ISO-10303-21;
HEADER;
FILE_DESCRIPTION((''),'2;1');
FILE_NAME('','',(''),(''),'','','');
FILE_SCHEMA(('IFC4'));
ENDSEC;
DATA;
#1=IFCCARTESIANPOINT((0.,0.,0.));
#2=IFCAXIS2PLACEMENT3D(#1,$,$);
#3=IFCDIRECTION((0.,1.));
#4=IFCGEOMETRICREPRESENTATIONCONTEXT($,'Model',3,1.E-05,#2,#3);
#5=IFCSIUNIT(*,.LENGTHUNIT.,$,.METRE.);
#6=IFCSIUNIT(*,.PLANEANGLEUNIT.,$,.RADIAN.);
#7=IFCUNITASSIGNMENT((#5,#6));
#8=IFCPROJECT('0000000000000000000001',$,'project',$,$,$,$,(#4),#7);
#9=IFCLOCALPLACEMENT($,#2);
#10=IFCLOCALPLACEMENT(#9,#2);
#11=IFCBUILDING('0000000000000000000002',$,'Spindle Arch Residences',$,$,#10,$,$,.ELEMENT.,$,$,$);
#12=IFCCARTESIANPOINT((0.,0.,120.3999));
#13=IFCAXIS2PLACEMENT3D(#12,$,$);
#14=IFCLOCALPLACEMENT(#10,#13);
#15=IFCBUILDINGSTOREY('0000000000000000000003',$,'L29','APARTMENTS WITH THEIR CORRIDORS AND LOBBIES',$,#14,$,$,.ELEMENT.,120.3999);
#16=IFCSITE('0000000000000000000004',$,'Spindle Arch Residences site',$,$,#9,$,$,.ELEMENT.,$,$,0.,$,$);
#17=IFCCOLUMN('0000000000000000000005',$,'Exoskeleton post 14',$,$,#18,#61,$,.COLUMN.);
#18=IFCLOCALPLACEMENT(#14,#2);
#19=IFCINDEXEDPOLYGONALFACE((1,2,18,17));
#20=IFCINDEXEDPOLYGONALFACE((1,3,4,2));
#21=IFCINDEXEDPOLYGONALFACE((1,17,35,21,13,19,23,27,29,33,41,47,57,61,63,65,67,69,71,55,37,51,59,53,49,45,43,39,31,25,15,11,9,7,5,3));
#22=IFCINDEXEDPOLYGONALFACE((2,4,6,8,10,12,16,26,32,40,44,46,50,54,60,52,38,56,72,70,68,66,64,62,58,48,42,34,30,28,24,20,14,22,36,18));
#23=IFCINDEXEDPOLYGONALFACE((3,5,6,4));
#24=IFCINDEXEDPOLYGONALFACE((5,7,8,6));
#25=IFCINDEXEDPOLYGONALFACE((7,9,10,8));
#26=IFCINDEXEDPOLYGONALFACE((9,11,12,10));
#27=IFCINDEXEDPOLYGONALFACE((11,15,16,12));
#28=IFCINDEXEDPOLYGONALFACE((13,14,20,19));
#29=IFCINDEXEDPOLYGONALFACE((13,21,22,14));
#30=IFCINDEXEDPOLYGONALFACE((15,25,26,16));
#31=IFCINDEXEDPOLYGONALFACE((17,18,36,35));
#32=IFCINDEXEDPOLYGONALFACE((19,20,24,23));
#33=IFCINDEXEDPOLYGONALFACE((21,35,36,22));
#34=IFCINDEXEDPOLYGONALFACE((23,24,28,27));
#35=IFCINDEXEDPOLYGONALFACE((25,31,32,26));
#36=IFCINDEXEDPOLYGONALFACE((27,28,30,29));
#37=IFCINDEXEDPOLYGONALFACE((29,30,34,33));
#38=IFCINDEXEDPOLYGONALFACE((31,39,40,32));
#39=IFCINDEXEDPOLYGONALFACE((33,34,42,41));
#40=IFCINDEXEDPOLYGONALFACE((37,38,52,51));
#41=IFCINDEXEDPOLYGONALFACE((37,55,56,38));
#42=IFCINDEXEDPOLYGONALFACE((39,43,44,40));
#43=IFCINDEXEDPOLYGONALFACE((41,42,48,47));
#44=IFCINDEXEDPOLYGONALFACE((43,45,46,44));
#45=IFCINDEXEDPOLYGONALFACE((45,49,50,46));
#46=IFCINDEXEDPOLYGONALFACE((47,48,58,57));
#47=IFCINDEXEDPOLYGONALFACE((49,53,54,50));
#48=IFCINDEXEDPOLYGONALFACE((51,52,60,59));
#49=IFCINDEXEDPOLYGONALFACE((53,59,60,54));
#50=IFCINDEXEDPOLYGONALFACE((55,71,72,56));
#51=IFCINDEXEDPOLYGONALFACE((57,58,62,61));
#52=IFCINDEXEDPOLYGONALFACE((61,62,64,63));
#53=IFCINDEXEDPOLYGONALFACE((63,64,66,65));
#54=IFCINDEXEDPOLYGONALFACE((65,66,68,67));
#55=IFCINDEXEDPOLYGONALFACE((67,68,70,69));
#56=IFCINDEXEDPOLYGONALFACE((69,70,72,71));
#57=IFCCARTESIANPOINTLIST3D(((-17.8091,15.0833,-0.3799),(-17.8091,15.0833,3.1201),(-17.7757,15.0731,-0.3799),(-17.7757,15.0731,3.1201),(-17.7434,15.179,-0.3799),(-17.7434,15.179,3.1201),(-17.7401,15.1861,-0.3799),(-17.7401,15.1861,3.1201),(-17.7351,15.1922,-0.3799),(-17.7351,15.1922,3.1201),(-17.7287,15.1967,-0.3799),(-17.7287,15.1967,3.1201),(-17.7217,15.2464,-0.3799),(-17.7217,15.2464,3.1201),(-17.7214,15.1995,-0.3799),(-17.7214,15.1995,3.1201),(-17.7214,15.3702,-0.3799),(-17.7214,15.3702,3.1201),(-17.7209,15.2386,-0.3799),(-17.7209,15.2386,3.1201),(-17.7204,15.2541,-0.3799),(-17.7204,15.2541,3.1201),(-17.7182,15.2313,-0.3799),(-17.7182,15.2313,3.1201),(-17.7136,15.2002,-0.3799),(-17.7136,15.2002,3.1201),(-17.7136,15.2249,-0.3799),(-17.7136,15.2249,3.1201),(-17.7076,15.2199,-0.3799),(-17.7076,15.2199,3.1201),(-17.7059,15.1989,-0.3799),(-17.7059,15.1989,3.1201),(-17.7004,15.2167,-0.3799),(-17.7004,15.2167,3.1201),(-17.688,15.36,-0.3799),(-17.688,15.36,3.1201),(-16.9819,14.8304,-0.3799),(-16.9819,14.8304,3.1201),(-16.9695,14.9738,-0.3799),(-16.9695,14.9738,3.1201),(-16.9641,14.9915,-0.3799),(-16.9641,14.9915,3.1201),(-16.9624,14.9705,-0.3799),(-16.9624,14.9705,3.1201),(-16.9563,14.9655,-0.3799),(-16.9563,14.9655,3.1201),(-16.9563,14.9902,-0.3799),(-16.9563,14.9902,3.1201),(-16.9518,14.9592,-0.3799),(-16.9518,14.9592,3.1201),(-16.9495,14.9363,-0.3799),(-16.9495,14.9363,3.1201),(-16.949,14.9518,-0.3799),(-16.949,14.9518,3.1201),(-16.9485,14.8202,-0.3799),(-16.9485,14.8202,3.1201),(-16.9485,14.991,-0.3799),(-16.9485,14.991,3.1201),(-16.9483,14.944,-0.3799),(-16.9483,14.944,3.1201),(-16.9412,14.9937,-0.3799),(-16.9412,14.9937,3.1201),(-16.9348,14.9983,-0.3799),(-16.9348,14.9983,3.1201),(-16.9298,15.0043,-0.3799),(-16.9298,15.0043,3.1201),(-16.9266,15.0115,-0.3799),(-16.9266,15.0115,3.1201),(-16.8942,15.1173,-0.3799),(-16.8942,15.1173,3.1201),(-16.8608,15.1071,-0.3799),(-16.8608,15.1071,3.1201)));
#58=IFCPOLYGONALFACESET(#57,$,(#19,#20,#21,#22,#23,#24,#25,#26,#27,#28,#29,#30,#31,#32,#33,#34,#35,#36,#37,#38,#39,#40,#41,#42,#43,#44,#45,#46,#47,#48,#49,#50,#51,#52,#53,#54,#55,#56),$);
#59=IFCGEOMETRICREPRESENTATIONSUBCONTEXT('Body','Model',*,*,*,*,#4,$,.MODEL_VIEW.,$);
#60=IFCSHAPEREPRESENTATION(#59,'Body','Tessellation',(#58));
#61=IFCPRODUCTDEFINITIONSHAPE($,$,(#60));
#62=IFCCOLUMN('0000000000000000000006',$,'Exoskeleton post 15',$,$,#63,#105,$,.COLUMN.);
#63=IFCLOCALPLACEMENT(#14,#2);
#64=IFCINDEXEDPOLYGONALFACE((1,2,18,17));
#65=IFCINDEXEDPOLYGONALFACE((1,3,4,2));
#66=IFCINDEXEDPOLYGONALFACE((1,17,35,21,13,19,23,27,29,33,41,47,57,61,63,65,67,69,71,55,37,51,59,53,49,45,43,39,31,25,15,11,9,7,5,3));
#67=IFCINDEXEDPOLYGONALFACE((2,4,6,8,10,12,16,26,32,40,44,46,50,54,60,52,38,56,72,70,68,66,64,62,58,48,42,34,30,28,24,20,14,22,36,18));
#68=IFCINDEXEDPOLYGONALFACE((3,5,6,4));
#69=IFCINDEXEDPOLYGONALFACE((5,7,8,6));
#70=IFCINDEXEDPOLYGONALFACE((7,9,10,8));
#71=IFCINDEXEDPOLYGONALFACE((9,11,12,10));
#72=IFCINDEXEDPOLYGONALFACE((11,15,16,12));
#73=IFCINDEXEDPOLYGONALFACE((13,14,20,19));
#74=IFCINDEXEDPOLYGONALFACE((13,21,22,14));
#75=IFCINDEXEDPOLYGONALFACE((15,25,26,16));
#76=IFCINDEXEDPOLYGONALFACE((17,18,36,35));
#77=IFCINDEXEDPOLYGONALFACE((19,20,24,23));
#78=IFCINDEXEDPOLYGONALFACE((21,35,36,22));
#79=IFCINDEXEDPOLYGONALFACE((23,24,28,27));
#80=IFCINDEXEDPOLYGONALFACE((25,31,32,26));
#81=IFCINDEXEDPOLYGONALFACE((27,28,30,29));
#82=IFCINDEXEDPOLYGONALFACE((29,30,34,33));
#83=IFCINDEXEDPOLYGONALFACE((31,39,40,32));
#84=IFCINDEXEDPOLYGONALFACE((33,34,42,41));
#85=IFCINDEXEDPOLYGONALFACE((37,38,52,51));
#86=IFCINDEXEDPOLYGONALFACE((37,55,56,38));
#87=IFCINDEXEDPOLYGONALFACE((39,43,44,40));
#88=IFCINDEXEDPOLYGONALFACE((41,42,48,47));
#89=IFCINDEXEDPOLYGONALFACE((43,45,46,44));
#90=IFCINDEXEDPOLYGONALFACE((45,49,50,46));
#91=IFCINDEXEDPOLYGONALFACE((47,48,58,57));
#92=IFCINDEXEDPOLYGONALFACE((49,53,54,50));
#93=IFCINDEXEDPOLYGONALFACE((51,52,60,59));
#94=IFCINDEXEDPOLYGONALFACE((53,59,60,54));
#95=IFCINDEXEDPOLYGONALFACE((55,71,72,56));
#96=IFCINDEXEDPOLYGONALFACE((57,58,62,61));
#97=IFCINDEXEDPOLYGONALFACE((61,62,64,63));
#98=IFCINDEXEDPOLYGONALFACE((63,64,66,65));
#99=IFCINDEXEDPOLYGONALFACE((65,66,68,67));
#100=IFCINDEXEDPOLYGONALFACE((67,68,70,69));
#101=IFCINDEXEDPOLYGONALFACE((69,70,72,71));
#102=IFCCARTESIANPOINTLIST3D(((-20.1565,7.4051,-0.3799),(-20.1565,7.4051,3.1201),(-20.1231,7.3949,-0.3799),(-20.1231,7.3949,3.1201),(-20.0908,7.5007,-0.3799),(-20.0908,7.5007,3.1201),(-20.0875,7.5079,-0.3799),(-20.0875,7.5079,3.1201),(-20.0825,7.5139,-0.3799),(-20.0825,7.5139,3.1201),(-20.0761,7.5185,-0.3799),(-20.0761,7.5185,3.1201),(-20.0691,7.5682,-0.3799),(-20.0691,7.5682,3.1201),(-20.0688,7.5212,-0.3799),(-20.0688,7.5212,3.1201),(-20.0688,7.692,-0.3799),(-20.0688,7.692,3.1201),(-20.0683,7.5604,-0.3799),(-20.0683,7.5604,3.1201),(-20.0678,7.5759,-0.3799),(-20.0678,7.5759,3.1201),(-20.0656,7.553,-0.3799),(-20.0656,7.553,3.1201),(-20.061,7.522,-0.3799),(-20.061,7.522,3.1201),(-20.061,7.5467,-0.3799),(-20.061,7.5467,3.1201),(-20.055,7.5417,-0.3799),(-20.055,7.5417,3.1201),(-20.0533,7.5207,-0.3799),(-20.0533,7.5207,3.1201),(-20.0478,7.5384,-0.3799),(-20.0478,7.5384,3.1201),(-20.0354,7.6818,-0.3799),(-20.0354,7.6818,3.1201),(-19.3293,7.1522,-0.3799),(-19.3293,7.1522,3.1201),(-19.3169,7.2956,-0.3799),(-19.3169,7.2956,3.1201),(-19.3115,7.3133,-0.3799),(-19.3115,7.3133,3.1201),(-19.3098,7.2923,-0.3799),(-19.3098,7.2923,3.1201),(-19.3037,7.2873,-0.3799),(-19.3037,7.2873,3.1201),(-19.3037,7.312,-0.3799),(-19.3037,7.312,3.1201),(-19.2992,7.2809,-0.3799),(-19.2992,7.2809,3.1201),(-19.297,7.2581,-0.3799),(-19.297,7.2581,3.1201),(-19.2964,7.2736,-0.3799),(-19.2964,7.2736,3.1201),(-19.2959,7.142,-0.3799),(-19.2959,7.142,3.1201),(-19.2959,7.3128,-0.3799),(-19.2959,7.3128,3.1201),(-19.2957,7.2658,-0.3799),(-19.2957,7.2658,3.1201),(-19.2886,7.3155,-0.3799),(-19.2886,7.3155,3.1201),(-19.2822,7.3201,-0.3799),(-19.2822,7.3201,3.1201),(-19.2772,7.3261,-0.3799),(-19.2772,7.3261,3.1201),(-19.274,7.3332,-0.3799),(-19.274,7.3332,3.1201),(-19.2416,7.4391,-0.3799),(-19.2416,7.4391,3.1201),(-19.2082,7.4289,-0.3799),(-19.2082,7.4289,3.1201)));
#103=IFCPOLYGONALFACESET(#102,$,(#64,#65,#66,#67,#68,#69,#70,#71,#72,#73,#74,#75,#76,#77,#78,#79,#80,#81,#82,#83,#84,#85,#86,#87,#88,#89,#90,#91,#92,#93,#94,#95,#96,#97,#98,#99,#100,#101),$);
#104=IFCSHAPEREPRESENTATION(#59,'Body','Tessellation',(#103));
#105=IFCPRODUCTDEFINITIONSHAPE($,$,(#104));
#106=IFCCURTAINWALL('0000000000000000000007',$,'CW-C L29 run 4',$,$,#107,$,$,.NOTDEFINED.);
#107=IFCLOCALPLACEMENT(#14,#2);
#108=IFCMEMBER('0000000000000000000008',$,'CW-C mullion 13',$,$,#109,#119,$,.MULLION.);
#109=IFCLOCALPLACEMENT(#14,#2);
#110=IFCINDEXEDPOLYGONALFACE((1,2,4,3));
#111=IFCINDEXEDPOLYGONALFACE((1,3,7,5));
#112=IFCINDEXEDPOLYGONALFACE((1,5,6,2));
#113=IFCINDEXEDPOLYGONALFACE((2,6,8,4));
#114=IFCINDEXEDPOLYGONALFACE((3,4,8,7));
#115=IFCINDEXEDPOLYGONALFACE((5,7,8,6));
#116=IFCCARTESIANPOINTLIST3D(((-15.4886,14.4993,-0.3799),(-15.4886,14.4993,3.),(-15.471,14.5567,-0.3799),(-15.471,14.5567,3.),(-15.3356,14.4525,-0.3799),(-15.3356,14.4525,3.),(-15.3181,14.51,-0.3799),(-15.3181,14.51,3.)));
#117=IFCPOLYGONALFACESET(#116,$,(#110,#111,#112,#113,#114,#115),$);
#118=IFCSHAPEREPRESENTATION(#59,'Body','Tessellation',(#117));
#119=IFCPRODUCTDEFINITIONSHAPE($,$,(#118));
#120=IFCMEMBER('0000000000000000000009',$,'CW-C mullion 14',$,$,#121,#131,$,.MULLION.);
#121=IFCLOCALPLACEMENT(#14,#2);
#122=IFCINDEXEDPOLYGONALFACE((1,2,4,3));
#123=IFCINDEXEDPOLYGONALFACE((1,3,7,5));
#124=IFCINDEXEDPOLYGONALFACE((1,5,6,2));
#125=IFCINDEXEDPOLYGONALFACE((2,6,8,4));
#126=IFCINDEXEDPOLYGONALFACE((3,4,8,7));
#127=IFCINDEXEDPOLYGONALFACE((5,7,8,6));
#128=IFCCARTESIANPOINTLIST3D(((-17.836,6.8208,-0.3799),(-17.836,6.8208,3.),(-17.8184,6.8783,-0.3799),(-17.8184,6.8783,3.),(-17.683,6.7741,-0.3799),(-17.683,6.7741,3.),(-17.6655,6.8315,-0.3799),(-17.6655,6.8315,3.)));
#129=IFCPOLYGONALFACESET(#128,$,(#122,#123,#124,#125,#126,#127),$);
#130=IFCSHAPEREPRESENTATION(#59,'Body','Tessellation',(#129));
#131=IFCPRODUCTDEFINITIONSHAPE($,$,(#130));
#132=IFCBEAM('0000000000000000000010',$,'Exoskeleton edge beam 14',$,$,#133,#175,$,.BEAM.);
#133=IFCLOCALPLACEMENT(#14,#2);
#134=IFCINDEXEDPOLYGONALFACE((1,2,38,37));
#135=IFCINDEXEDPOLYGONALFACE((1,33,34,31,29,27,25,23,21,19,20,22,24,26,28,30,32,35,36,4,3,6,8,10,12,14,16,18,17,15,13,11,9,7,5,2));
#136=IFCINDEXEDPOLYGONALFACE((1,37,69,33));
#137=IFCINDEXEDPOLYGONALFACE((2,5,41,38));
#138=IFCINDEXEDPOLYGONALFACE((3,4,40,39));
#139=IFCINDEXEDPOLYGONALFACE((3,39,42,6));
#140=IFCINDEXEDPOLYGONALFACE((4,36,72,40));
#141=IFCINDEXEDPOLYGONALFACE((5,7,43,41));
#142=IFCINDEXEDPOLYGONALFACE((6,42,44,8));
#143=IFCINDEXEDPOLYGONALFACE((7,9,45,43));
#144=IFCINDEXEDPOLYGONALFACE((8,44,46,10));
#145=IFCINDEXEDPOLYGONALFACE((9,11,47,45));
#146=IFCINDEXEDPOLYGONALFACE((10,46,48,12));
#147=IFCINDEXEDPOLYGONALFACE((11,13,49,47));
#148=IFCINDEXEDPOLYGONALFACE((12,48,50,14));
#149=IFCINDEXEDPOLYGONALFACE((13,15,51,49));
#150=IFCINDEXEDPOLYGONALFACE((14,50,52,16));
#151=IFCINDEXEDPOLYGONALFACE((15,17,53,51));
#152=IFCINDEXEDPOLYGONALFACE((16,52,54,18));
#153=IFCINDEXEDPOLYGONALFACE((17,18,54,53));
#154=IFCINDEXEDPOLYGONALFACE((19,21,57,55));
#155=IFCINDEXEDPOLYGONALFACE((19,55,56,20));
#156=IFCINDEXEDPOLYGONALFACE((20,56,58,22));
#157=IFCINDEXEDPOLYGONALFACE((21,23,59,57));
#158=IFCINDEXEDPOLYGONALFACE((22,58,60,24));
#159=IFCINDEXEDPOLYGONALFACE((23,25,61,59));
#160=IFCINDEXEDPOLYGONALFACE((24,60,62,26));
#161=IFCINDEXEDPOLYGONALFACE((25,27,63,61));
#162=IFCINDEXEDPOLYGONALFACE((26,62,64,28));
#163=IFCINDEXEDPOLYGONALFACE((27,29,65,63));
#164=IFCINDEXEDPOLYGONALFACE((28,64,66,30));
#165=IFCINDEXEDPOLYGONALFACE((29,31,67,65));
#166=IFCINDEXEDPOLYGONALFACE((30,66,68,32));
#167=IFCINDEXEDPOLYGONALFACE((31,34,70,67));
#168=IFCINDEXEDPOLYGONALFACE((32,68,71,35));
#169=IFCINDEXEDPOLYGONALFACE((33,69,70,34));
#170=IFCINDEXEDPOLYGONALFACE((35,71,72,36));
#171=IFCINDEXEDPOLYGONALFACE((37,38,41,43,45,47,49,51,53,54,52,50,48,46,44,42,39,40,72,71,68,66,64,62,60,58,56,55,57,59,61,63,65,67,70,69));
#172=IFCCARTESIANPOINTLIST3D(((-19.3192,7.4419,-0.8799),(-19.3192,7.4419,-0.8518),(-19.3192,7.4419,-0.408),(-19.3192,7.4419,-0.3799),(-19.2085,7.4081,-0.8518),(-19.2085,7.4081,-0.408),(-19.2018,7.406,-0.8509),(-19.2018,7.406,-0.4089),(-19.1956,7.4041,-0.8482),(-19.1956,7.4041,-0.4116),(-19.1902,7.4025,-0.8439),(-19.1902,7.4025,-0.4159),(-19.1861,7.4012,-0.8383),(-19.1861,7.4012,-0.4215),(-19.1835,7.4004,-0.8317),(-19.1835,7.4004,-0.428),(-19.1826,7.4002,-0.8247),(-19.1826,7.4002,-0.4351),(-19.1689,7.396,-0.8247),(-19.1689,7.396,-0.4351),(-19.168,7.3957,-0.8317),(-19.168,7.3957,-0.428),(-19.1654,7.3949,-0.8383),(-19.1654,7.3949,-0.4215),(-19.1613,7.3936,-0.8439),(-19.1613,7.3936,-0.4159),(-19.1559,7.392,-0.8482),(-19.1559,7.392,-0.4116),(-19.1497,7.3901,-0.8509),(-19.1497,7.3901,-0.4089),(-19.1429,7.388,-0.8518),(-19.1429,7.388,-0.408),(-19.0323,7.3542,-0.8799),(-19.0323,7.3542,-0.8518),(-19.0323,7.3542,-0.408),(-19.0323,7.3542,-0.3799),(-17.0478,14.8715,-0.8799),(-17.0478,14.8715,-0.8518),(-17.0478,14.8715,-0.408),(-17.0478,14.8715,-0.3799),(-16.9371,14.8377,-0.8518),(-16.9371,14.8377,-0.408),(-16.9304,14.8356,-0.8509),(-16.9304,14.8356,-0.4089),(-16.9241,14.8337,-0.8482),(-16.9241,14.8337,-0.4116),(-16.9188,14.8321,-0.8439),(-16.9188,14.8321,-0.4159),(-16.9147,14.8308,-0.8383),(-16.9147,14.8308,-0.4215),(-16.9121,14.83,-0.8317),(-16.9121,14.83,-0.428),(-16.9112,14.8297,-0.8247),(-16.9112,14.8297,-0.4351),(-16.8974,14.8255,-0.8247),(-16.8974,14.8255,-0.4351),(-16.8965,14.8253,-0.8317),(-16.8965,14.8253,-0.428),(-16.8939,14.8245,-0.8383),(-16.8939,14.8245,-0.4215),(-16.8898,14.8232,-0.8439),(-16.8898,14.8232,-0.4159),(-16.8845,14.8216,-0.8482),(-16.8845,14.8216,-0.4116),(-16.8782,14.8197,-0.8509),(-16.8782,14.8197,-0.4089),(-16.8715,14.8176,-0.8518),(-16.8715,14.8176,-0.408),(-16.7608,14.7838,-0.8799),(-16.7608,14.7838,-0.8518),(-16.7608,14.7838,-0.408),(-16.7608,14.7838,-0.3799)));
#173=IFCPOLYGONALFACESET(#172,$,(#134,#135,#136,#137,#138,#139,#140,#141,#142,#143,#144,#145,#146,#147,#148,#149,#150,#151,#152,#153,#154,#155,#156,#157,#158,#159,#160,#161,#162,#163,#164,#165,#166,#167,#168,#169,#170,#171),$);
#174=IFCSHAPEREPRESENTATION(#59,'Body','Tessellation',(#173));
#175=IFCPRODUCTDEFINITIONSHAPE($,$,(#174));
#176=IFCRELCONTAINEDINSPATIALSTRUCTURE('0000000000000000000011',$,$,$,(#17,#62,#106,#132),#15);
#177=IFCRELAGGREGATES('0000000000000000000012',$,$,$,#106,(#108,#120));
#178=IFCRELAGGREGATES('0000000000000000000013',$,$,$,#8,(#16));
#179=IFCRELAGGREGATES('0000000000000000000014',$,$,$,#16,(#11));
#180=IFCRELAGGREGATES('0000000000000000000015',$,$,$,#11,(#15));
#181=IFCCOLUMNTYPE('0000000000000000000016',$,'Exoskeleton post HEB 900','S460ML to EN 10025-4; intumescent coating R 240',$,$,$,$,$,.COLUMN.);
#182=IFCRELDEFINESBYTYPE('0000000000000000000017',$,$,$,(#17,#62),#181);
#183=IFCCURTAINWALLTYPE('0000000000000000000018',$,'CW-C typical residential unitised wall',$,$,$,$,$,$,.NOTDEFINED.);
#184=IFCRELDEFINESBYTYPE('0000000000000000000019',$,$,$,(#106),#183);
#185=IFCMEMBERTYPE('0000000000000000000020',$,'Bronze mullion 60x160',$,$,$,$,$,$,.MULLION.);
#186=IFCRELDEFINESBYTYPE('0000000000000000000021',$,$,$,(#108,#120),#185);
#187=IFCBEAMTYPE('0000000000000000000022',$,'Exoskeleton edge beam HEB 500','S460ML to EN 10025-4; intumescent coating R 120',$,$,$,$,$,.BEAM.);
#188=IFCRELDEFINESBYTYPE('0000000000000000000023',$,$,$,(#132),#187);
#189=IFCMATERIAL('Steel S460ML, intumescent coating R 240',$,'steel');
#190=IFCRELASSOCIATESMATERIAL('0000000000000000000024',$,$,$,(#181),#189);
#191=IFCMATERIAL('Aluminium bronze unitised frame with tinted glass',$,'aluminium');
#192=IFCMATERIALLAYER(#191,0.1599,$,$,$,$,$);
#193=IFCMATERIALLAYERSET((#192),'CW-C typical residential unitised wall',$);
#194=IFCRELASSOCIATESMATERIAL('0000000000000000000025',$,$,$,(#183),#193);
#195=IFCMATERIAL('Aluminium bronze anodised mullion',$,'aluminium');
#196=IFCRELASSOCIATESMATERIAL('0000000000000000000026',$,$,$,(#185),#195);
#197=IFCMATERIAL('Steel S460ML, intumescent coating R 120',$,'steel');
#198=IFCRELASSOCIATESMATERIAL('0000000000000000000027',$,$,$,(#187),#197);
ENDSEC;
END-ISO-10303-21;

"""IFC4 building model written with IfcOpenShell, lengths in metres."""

from ifc_helpers import new_model, si_unit, direction, frame, origin, origin_2d, place, context, subcontext, project, spatial, rectangle, i_section, extrude, material, layer, layer_set, material_profile, profile_set, type_object, element, aggregate, save


model = new_model("IFC4")

# Units and contexts
model_context = context("Model", 3, precision=1e-05, world=origin(), true_north=direction((0.0, 1.0)))
body_context = subcontext(model_context, "Body", "Model", "MODEL_VIEW")
ifc_project = project(units=[si_unit("LENGTHUNIT", "METRE"), si_unit("PLANEANGLEUNIT", "RADIAN")], contexts=[model_context])

# Site, building, storey
site_placement = place(None, origin())
site = spatial("IfcSite", under=ifc_project, at=site_placement, Name="Spindle Arch Residences site", CompositionType="ELEMENT", RefElevation=0.0)
building_placement = place(site_placement, origin())
building = spatial("IfcBuilding", under=site, at=building_placement, Name="Spindle Arch Residences", CompositionType="ELEMENT")
storey_placement = place(building_placement, frame((0.0, 0.0, 120.3999)))
storey = spatial("IfcBuildingStorey", under=building, at=storey_placement, Name="L29", Description="APARTMENTS WITH THEIR CORRIDORS AND LOBBIES", CompositionType="ELEMENT", Elevation=120.3999)

# Columns
ifc_material_1 = material(Name="Steel S460ML, intumescent coating R 240", Category="steel")
ifc_material_profile_1 = material_profile(ifc_material_1, i_section(OverallWidth=0.3, OverallDepth=0.8999, WebThickness=0.0186, FlangeThickness=0.0349, FilletRadius=0.03, at=origin_2d()), Name="HEB 900")
ifc_profile_set_1 = profile_set([ifc_material_profile_1], Name="Steel S460ML, intumescent coating R 240")
column_type = type_object("IfcColumnType", Name="Exoskeleton post HEB 900", Description="S460ML to EN 10025-4; intumescent coating R 240", PredefinedType="COLUMN", material=ifc_profile_set_1)
for number, where, z_axis, x_axis, name in (
    (1, (-17.335, 15.0952, -0.3799), (0.0, 0.0, 1.0), (0.292372, 0.956305, 0.0), "Exoskeleton post 14"),
    (2, (-19.6824, 7.417, -0.3799), (0.0, 0.0, 1.0), (0.292372, 0.956305, 0.0), "Exoskeleton post 15"),
):
    element("IfcColumn", number, at=place(storey_placement, frame(where, z_axis=z_axis, x_axis=x_axis)), inside=storey, type_object=column_type, Name=name, PredefinedType="COLUMN", context=body_context, shape_type="SweptSolid", body=[
        extrude(i_section(OverallWidth=0.3, OverallDepth=0.8999, WebThickness=0.0186, FlangeThickness=0.0349, FilletRadius=0.03, at=origin_2d()), origin(), (0.0, 0.0, 1.0), 3.5),
    ])

# Curtain wall, members
ifc_material_2 = material(Name="Aluminium bronze unitised frame with tinted glass", Category="aluminium")
ifc_layer_1 = layer(ifc_material_2, 0.1599)
ifc_layer_set_1 = layer_set([ifc_layer_1], Name="CW-C typical residential unitised wall")
curtain_wall_type = type_object("IfcCurtainWallType", Name="CW-C typical residential unitised wall", PredefinedType="NOTDEFINED", material=ifc_layer_set_1)
curtain_wall_placement = place(storey_placement, origin())
curtain_wall = element("IfcCurtainWall", 3, at=curtain_wall_placement, inside=storey, type_object=curtain_wall_type, Name="CW-C L29 run 4", PredefinedType="NOTDEFINED")
ifc_material_3 = material(Name="Aluminium bronze anodised mullion", Category="aluminium")
ifc_material_profile_2 = material_profile(ifc_material_3, rectangle(XDim=0.1599, YDim=0.0601, at=origin_2d()), Name="MU 60x160")
ifc_profile_set_2 = profile_set([ifc_material_profile_2], Name="Aluminium bronze anodised mullion")
member_type = type_object("IfcMemberType", Name="Bronze mullion 60x160", PredefinedType="MULLION", material=ifc_profile_set_2)
member_1_placement = place(storey_placement, frame((-15.4033, 14.5046, -0.3799), z_axis=(0.0, 0.0, 1.0), x_axis=(0.956305, -0.292372, 0.0)))
member_1 = element("IfcMember", 4, at=member_1_placement, type_object=member_type, Name="CW-C mullion 13", PredefinedType="MULLION", context=body_context, shape_type="SweptSolid", body=[
    extrude(rectangle(XDim=0.1599, YDim=0.0601, at=origin_2d()), origin(), (0.0, 0.0, 1.0), 3.3799),
])
member_2_placement = place(storey_placement, frame((-17.7507, 6.8262, -0.3799), z_axis=(0.0, 0.0, 1.0), x_axis=(0.956305, -0.292372, 0.0)))
member_2 = element("IfcMember", 5, at=member_2_placement, type_object=member_type, Name="CW-C mullion 14", PredefinedType="MULLION", context=body_context, shape_type="SweptSolid", body=[
    extrude(rectangle(XDim=0.1599, YDim=0.0601, at=origin_2d()), origin(), (0.0, 0.0, 1.0), 3.3799),
])

# Beam
ifc_material_4 = material(Name="Steel S460ML, intumescent coating R 120", Category="steel")
ifc_material_profile_3 = material_profile(ifc_material_4, i_section(OverallWidth=0.3, OverallDepth=0.5, WebThickness=0.0144, FlangeThickness=0.0281, FilletRadius=0.0271, at=origin_2d()), Name="HEB 500")
ifc_profile_set_3 = profile_set([ifc_material_profile_3], Name="Steel S460ML, intumescent coating R 120")
beam_type_1 = type_object("IfcBeamType", Name="Exoskeleton edge beam HEB 500", Description="S460ML to EN 10025-4; intumescent coating R 120", PredefinedType="BEAM", material=ifc_profile_set_3)
beam_1_placement = place(storey_placement, frame((-16.9043, 14.8276, -0.6299), z_axis=(-0.292372, -0.956305, 0.0), x_axis=(0.956305, -0.292372, 0.0)))
element("IfcBeam", 6, at=beam_1_placement, inside=storey, type_object=beam_type_1, Name="Exoskeleton edge beam 14", PredefinedType="BEAM", context=body_context, shape_type="SweptSolid", body=[
    extrude(i_section(OverallWidth=0.3, OverallDepth=0.5, WebThickness=0.0144, FlangeThickness=0.0281, FilletRadius=0.0271, at=origin_2d()), origin(), (0.0, 0.0, 1.0), 7.769),
])

aggregate(curtain_wall, [member_1, member_2])

save(model, "model.ifc")
